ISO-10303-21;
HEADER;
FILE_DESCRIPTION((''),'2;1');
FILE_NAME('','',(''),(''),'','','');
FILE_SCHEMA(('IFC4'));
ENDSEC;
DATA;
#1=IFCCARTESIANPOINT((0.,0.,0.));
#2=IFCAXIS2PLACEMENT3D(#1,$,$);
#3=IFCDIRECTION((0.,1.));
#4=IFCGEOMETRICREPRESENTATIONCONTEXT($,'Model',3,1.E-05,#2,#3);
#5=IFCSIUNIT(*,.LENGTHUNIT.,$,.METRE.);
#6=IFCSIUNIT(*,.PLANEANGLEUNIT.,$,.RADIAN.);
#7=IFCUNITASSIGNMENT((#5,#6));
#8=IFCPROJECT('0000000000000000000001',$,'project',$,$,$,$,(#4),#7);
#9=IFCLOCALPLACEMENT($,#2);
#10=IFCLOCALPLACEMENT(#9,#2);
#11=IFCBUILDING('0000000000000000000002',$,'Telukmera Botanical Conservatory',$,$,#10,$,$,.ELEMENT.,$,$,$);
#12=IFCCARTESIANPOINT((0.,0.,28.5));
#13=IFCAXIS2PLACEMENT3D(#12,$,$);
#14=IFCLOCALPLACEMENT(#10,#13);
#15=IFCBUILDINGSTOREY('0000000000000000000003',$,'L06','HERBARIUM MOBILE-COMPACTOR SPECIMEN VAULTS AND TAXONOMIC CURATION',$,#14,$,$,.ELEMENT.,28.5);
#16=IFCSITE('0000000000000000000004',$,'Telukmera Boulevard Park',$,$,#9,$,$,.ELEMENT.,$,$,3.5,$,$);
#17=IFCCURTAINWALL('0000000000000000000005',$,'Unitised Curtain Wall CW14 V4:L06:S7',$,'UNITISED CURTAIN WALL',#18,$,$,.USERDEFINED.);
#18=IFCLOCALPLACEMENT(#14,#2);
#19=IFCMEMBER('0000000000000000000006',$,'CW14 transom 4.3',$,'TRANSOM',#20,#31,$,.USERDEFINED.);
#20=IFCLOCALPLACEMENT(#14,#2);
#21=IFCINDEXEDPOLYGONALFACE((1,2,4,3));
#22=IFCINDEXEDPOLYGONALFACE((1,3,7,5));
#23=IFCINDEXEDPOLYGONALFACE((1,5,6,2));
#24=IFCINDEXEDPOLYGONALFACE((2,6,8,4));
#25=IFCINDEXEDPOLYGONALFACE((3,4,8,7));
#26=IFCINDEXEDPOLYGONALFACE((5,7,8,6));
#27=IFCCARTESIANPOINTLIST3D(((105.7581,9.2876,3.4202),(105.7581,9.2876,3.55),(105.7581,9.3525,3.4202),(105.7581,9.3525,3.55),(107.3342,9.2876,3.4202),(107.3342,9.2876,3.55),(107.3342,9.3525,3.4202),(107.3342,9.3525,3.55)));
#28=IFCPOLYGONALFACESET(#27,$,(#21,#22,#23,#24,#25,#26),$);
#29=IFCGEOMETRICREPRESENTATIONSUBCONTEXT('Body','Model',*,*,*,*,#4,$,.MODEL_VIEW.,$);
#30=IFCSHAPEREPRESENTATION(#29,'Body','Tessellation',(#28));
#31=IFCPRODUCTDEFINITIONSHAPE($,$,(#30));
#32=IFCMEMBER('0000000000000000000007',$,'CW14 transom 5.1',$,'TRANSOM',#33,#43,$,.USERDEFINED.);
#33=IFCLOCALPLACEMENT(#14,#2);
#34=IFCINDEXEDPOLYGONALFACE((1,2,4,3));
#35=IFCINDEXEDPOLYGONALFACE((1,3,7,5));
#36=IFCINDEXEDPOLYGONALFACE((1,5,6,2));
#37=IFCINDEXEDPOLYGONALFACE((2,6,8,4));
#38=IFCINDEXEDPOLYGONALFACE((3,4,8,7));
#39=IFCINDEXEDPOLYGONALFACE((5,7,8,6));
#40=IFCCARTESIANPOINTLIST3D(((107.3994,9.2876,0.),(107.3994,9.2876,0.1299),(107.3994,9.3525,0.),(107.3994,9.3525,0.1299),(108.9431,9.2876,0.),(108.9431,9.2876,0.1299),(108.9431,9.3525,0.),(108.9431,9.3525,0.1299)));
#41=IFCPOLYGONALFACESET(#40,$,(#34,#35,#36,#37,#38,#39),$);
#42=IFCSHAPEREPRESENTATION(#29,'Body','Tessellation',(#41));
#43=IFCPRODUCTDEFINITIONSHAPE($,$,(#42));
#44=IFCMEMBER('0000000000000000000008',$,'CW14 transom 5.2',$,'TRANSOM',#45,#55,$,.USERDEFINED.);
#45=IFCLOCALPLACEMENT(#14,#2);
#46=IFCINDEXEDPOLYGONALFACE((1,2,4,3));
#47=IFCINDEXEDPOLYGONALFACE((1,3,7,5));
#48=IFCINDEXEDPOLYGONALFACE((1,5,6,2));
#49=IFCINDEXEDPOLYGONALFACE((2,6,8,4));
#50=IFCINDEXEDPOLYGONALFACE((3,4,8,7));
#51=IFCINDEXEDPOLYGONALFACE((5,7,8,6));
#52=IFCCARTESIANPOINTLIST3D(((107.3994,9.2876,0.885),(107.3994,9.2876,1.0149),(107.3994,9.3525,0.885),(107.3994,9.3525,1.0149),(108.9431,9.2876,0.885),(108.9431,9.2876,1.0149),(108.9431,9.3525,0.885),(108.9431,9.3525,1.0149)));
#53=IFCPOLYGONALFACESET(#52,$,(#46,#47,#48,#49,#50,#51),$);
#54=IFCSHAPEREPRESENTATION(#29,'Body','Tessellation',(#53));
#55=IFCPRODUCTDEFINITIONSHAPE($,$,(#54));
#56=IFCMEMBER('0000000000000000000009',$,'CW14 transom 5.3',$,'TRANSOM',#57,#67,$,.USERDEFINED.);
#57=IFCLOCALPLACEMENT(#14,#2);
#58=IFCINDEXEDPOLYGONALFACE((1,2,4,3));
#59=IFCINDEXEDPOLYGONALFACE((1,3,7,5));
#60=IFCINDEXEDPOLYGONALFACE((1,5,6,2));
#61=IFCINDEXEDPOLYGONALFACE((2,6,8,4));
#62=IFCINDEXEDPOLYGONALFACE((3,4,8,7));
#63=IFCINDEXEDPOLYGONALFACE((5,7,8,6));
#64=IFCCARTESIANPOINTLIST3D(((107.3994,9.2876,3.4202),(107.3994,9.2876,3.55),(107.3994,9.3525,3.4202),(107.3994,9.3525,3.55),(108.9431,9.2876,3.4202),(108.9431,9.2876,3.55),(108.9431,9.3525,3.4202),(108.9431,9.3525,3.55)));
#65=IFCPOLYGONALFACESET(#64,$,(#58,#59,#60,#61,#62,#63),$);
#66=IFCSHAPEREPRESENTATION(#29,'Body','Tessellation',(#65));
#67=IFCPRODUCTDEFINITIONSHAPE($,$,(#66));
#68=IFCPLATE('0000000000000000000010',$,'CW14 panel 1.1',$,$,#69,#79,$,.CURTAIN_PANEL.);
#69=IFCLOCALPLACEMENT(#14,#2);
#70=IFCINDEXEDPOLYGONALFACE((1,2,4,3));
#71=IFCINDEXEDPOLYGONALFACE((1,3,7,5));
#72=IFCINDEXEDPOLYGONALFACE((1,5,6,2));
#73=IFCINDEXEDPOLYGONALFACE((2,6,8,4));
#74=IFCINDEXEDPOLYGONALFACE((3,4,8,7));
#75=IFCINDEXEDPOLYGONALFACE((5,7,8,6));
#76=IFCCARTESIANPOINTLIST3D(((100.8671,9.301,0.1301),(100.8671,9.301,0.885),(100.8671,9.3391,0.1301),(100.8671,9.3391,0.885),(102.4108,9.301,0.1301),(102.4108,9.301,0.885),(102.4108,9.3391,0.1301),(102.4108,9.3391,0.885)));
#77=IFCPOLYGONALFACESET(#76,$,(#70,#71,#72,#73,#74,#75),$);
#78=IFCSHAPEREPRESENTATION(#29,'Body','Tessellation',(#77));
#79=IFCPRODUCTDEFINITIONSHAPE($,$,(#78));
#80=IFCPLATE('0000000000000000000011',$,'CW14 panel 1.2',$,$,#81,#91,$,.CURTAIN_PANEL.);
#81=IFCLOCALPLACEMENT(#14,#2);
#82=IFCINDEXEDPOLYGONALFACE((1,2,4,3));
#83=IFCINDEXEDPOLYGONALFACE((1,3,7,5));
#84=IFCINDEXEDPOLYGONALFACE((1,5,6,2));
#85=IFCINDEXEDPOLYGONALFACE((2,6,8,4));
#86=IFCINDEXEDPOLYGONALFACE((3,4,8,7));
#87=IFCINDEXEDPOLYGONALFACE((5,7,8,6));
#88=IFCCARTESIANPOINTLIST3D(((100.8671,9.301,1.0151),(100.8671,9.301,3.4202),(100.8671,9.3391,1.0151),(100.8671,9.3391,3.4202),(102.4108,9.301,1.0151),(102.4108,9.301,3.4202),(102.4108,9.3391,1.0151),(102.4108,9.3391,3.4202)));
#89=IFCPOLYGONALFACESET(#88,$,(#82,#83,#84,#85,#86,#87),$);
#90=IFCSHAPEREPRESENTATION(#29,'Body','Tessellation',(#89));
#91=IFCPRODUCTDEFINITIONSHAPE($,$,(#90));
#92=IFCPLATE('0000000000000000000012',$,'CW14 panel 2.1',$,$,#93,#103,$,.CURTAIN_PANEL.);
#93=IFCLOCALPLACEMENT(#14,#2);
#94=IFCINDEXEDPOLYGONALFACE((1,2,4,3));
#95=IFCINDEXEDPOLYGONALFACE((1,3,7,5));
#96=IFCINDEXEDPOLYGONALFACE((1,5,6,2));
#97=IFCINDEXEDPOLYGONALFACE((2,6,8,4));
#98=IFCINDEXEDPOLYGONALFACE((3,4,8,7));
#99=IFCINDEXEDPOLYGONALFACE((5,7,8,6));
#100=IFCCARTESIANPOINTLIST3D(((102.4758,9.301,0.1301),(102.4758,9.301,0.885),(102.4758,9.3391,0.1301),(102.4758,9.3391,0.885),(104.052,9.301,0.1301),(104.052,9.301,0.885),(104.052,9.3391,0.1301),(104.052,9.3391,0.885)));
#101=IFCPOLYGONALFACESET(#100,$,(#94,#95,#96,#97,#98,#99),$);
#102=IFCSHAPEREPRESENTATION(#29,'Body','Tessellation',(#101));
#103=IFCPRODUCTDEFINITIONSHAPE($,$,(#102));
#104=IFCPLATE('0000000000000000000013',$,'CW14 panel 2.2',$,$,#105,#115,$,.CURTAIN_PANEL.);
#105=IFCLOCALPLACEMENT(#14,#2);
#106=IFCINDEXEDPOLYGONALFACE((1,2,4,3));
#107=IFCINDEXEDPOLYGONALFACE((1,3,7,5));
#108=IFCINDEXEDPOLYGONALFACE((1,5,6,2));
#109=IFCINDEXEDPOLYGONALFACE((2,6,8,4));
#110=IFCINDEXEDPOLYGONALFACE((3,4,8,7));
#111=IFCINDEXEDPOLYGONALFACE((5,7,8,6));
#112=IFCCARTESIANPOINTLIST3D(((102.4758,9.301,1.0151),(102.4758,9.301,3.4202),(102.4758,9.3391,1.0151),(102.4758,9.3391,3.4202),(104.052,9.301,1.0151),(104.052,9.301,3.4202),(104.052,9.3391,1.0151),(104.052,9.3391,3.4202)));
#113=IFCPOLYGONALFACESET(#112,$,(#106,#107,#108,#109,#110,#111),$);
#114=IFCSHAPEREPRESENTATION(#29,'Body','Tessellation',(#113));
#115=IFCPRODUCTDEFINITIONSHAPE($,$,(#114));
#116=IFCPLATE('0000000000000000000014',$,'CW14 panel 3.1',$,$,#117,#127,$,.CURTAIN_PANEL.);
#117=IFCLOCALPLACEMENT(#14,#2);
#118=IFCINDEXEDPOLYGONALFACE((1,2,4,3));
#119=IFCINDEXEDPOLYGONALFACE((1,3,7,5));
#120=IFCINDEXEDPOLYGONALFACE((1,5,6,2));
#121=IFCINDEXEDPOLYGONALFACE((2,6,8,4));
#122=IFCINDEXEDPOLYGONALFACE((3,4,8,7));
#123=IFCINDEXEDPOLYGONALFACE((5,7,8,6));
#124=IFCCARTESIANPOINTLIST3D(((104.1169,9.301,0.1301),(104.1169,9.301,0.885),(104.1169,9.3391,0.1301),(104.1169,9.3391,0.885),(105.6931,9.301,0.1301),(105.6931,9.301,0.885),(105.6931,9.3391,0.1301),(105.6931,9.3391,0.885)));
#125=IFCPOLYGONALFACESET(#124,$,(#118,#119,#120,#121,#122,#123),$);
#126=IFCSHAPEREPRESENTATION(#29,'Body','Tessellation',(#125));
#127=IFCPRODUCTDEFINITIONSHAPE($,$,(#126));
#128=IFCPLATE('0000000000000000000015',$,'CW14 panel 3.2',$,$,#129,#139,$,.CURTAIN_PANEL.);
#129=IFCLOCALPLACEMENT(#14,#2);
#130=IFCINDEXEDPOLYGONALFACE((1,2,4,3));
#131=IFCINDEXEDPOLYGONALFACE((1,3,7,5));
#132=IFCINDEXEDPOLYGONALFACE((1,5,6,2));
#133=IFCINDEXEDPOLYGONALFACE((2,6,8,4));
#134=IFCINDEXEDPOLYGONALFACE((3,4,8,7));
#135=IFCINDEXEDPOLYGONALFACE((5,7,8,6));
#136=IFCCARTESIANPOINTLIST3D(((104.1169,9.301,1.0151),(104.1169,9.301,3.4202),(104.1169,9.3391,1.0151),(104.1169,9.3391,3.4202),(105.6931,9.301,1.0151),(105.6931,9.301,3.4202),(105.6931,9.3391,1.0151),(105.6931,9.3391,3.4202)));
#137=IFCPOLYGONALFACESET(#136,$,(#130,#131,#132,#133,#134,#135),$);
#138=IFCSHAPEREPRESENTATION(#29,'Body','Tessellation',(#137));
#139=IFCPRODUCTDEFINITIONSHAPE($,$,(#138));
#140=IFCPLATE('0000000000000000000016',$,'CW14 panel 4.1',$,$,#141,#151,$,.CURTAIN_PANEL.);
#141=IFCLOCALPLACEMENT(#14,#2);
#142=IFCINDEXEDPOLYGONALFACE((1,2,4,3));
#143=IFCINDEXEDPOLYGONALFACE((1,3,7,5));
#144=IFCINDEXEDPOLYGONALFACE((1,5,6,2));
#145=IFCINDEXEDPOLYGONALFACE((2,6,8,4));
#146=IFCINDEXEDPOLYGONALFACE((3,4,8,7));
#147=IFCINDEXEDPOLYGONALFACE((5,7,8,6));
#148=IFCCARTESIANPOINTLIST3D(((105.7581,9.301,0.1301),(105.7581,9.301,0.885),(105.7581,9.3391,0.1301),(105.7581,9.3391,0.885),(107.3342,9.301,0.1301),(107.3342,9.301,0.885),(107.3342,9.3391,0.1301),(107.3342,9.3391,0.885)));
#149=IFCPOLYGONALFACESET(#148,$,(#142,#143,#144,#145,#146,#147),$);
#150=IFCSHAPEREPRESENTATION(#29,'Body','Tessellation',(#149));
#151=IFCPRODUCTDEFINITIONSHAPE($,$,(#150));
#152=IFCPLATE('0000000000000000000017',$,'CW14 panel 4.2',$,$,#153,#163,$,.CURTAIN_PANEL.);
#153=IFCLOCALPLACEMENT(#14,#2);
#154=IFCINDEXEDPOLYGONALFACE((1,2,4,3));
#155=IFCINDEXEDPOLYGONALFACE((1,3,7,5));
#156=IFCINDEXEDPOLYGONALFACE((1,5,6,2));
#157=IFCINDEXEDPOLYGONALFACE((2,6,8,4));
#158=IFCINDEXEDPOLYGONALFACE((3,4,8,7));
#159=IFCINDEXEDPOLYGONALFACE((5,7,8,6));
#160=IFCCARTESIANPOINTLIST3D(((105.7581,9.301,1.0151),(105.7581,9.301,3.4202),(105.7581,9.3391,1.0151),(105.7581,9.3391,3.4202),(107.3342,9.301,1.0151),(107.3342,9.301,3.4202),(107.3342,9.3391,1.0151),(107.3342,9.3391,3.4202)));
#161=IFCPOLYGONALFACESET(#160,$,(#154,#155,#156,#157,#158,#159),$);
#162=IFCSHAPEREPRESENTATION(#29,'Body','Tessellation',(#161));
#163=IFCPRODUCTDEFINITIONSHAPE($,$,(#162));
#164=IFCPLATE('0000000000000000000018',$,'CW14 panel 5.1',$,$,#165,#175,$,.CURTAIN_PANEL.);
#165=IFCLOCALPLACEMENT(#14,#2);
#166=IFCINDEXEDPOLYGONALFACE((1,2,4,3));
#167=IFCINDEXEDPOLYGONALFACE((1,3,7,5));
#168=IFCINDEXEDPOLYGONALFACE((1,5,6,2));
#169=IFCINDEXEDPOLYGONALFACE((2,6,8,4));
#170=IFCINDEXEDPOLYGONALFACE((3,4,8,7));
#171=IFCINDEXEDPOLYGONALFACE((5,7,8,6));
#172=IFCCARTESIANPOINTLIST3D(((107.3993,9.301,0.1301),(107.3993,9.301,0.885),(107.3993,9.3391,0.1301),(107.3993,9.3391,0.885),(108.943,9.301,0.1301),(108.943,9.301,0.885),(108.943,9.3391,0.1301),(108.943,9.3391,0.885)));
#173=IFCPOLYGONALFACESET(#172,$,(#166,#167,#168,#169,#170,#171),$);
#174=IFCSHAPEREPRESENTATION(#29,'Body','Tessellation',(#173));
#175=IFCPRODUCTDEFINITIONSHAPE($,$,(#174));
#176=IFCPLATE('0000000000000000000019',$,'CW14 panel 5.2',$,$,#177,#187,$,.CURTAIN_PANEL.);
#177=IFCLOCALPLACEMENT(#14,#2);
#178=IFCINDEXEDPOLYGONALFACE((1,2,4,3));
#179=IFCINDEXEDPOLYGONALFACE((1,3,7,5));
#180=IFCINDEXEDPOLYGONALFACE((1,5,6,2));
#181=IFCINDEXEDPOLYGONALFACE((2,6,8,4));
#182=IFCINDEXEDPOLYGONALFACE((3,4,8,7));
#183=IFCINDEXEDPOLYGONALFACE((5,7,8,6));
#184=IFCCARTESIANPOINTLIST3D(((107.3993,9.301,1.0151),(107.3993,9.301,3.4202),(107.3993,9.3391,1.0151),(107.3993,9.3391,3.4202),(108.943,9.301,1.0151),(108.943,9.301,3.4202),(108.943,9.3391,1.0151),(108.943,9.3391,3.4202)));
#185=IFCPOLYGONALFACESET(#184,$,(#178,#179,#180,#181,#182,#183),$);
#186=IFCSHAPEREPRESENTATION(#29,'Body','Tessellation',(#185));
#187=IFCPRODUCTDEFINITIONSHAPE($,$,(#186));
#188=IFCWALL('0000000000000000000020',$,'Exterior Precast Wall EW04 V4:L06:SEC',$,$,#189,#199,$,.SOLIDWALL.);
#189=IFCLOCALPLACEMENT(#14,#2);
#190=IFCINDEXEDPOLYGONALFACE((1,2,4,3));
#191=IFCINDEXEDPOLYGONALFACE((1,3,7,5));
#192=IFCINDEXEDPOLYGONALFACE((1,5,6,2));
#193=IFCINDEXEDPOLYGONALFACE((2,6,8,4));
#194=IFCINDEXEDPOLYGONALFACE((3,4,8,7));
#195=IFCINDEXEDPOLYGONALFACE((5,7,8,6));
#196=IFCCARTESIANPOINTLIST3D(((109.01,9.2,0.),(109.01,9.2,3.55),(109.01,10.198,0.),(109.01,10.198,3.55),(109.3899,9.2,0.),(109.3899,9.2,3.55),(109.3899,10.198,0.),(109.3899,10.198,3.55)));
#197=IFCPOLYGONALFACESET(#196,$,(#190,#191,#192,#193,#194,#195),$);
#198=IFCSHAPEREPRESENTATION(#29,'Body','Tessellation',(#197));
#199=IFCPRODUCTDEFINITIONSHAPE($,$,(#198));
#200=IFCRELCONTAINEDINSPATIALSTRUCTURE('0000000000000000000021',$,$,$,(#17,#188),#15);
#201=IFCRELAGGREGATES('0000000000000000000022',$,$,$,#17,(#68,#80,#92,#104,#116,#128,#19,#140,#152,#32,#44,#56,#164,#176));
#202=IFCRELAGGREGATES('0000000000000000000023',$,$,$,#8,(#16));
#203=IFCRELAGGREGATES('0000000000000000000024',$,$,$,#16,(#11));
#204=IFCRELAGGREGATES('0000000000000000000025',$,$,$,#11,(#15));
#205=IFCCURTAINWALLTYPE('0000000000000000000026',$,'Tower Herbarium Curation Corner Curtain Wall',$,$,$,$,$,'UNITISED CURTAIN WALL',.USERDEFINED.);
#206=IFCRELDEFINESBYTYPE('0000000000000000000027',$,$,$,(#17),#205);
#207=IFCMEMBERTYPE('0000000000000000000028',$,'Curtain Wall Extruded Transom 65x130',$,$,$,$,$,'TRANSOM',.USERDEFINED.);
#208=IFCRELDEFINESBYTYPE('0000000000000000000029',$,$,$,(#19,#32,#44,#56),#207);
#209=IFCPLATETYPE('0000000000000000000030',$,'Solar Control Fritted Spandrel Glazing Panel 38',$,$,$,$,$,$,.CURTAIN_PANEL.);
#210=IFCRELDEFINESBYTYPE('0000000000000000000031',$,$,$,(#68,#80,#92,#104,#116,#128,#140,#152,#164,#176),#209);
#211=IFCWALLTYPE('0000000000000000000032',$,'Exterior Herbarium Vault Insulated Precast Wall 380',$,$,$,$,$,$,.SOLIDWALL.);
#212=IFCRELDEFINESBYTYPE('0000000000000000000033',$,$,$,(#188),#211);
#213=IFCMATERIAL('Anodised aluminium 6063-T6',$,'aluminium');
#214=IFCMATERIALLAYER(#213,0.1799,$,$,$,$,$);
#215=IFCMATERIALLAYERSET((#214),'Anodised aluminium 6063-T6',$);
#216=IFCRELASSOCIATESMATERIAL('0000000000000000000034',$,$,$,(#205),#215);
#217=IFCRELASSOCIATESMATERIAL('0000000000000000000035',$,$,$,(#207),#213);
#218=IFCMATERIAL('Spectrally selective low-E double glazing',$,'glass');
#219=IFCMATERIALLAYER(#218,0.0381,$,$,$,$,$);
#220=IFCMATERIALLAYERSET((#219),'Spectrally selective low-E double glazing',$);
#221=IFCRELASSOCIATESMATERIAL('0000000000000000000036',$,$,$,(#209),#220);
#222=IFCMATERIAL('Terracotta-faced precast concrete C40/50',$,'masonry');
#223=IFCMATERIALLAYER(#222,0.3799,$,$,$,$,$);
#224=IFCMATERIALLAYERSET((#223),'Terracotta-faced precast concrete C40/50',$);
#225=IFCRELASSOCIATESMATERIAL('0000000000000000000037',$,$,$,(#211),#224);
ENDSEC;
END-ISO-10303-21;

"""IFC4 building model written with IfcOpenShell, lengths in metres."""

from ifc_helpers import new_model, si_unit, direction, frame, frame_2d, origin, origin_2d, place, context, subcontext, project, spatial, rectangle, extrude, material, layer, layer_set, material_profile, profile_set, type_object, element, aggregate, save


model = new_model("IFC4")

# Units and contexts
model_context = context("Model", 3, precision=1e-05, world=origin(), true_north=direction((0.0, 1.0)))
body_context = subcontext(model_context, "Body", "Model", "MODEL_VIEW")
ifc_project = project(units=[si_unit("LENGTHUNIT", "METRE"), si_unit("PLANEANGLEUNIT", "RADIAN")], contexts=[model_context])

# Site, building, storey
site_placement = place(None, origin())
site = spatial("IfcSite", under=ifc_project, at=site_placement, Name="Telukmera Boulevard Park", CompositionType="ELEMENT", RefElevation=3.5)
building_placement = place(site_placement, origin())
building = spatial("IfcBuilding", under=site, at=building_placement, Name="Telukmera Botanical Conservatory", CompositionType="ELEMENT")
storey_placement = place(building_placement, frame((0.0, 0.0, 28.5)))
storey = spatial("IfcBuildingStorey", under=building, at=storey_placement, Name="L06", Description="HERBARIUM MOBILE-COMPACTOR SPECIMEN VAULTS AND TAXONOMIC CURATION", CompositionType="ELEMENT", Elevation=28.5)

# Curtain wall, members, plates
ifc_material_1 = material(Name="Anodised aluminium 6063-T6", Category="aluminium")
ifc_layer_1 = layer(ifc_material_1, 0.1799)
ifc_layer_set_1 = layer_set([ifc_layer_1], Name="Anodised aluminium 6063-T6")
curtain_wall_type = type_object("IfcCurtainWallType", Name="Tower Herbarium Curation Corner Curtain Wall", ElementType="UNITISED CURTAIN WALL", PredefinedType="USERDEFINED", material=ifc_layer_set_1)
curtain_wall_placement = place(storey_placement, origin())
curtain_wall = element("IfcCurtainWall", 1, at=curtain_wall_placement, inside=storey, type_object=curtain_wall_type, Name="Unitised Curtain Wall CW14 V4:L06:S7", ObjectType="UNITISED CURTAIN WALL", PredefinedType="USERDEFINED")
ifc_material_profile_1 = material_profile(ifc_material_1, rectangle(XDim=0.0649, YDim=0.1299, at=origin_2d()), Name="ALU TRAN 65x130")
ifc_profile_set_1 = profile_set([ifc_material_profile_1], Name="Anodised aluminium 6063-T6")
member_type_1 = type_object("IfcMemberType", Name="Curtain Wall Extruded Transom 65x130", ElementType="TRANSOM", PredefinedType="USERDEFINED", material=ifc_profile_set_1)
member_1_placement = place(storey_placement, frame((105.7581, 9.3201, 3.4851), z_axis=(1.0, 0.0, 0.0), x_axis=(0.0, 1.0, 0.0)))
member_1 = element("IfcMember", 2, at=member_1_placement, type_object=member_type_1, Name="CW14 transom 4.3", ObjectType="TRANSOM", PredefinedType="USERDEFINED", context=body_context, shape_type="SweptSolid", body=[
    extrude(rectangle(XDim=0.0649, YDim=0.1299, at=origin_2d()), origin(), (0.0, 0.0, 1.0), 1.5762),
])
member_2_placement = place(storey_placement, frame((107.3994, 9.3201, 0.0649), z_axis=(1.0, 0.0, 0.0), x_axis=(0.0, 1.0, 0.0)))
member_2 = element("IfcMember", 3, at=member_2_placement, type_object=member_type_1, Name="CW14 transom 5.1", ObjectType="TRANSOM", PredefinedType="USERDEFINED", context=body_context, shape_type="SweptSolid", body=[
    extrude(rectangle(XDim=0.0649, YDim=0.1299, at=origin_2d()), origin(), (0.0, 0.0, 1.0), 1.5437),
])
member_3_placement = place(storey_placement, frame((107.3994, 9.3201, 0.95), z_axis=(1.0, 0.0, 0.0), x_axis=(0.0, 1.0, 0.0)))
member_3 = element("IfcMember", 4, at=member_3_placement, type_object=member_type_1, Name="CW14 transom 5.2", ObjectType="TRANSOM", PredefinedType="USERDEFINED", context=body_context, shape_type="SweptSolid", body=[
    extrude(rectangle(XDim=0.0649, YDim=0.1299, at=origin_2d()), origin(), (0.0, 0.0, 1.0), 1.5437),
])
member_4_placement = place(storey_placement, frame((107.3994, 9.3201, 3.4851), z_axis=(1.0, 0.0, 0.0), x_axis=(0.0, 1.0, 0.0)))
member_4 = element("IfcMember", 5, at=member_4_placement, type_object=member_type_1, Name="CW14 transom 5.3", ObjectType="TRANSOM", PredefinedType="USERDEFINED", context=body_context, shape_type="SweptSolid", body=[
    extrude(rectangle(XDim=0.0649, YDim=0.1299, at=origin_2d()), origin(), (0.0, 0.0, 1.0), 1.5437),
])
ifc_material_2 = material(Name="Spectrally selective low-E double glazing", Category="glass")
ifc_layer_2 = layer(ifc_material_2, 0.0381)
ifc_layer_set_2 = layer_set([ifc_layer_2], Name="Spectrally selective low-E double glazing")
plate_type = type_object("IfcPlateType", Name="Solar Control Fritted Spandrel Glazing Panel 38", PredefinedType="CURTAIN_PANEL", material=ifc_layer_set_2)
plate_1_placement = place(storey_placement, frame((101.6389, 9.3201, 0.1301), z_axis=(0.0, 0.0, 1.0), x_axis=(1.0, 0.0, 0.0)))
plate_1 = element("IfcPlate", 6, at=plate_1_placement, type_object=plate_type, Name="CW14 panel 1.1", PredefinedType="CURTAIN_PANEL", context=body_context, shape_type="SweptSolid", body=[
    extrude(rectangle(XDim=1.5437, YDim=0.0381, at=origin_2d()), origin(), (0.0, 0.0, 1.0), 0.7549),
])
plate_2_placement = place(storey_placement, frame((101.6389, 9.3201, 1.0151), z_axis=(0.0, 0.0, 1.0), x_axis=(1.0, 0.0, 0.0)))
plate_2 = element("IfcPlate", 7, at=plate_2_placement, type_object=plate_type, Name="CW14 panel 1.2", PredefinedType="CURTAIN_PANEL", context=body_context, shape_type="SweptSolid", body=[
    extrude(rectangle(XDim=1.5437, YDim=0.0381, at=origin_2d()), origin(), (0.0, 0.0, 1.0), 2.405),
])
plate_3_placement = place(storey_placement, frame((103.2639, 9.3201, 0.1301), z_axis=(0.0, 0.0, 1.0), x_axis=(1.0, 0.0, 0.0)))
plate_3 = element("IfcPlate", 8, at=plate_3_placement, type_object=plate_type, Name="CW14 panel 2.1", PredefinedType="CURTAIN_PANEL", context=body_context, shape_type="SweptSolid", body=[
    extrude(rectangle(XDim=1.5762, YDim=0.0381, at=origin_2d()), origin(), (0.0, 0.0, 1.0), 0.7549),
])
plate_4_placement = place(storey_placement, frame((103.2639, 9.3201, 1.0151), z_axis=(0.0, 0.0, 1.0), x_axis=(1.0, 0.0, 0.0)))
plate_4 = element("IfcPlate", 9, at=plate_4_placement, type_object=plate_type, Name="CW14 panel 2.2", PredefinedType="CURTAIN_PANEL", context=body_context, shape_type="SweptSolid", body=[
    extrude(rectangle(XDim=1.5762, YDim=0.0381, at=origin_2d()), origin(), (0.0, 0.0, 1.0), 2.405),
])
plate_5_placement = place(storey_placement, frame((104.905, 9.3201, 0.1301), z_axis=(0.0, 0.0, 1.0), x_axis=(1.0, 0.0, 0.0)))
plate_5 = element("IfcPlate", 10, at=plate_5_placement, type_object=plate_type, Name="CW14 panel 3.1", PredefinedType="CURTAIN_PANEL", context=body_context, shape_type="SweptSolid", body=[
    extrude(rectangle(XDim=1.5762, YDim=0.0381, at=origin_2d()), origin(), (0.0, 0.0, 1.0), 0.7549),
])
plate_6_placement = place(storey_placement, frame((104.905, 9.3201, 1.0151), z_axis=(0.0, 0.0, 1.0), x_axis=(1.0, 0.0, 0.0)))
plate_6 = element("IfcPlate", 11, at=plate_6_placement, type_object=plate_type, Name="CW14 panel 3.2", PredefinedType="CURTAIN_PANEL", context=body_context, shape_type="SweptSolid", body=[
    extrude(rectangle(XDim=1.5762, YDim=0.0381, at=origin_2d()), origin(), (0.0, 0.0, 1.0), 2.405),
])
plate_7_placement = place(storey_placement, frame((106.5461, 9.3201, 0.1301), z_axis=(0.0, 0.0, 1.0), x_axis=(1.0, 0.0, 0.0)))
plate_7 = element("IfcPlate", 12, at=plate_7_placement, type_object=plate_type, Name="CW14 panel 4.1", PredefinedType="CURTAIN_PANEL", context=body_context, shape_type="SweptSolid", body=[
    extrude(rectangle(XDim=1.5762, YDim=0.0381, at=origin_2d()), origin(), (0.0, 0.0, 1.0), 0.7549),
])
plate_8_placement = place(storey_placement, frame((106.5461, 9.3201, 1.0151), z_axis=(0.0, 0.0, 1.0), x_axis=(1.0, 0.0, 0.0)))
plate_8 = element("IfcPlate", 13, at=plate_8_placement, type_object=plate_type, Name="CW14 panel 4.2", PredefinedType="CURTAIN_PANEL", context=body_context, shape_type="SweptSolid", body=[
    extrude(rectangle(XDim=1.5762, YDim=0.0381, at=origin_2d()), origin(), (0.0, 0.0, 1.0), 2.405),
])
plate_9_placement = place(storey_placement, frame((108.1711, 9.3201, 0.1301), z_axis=(0.0, 0.0, 1.0), x_axis=(1.0, 0.0, 0.0)))
plate_9 = element("IfcPlate", 14, at=plate_9_placement, type_object=plate_type, Name="CW14 panel 5.1", PredefinedType="CURTAIN_PANEL", context=body_context, shape_type="SweptSolid", body=[
    extrude(rectangle(XDim=1.5437, YDim=0.0381, at=origin_2d()), origin(), (0.0, 0.0, 1.0), 0.7549),
])
plate_10_placement = place(storey_placement, frame((108.1711, 9.3201, 1.0151), z_axis=(0.0, 0.0, 1.0), x_axis=(1.0, 0.0, 0.0)))
plate_10 = element("IfcPlate", 15, at=plate_10_placement, type_object=plate_type, Name="CW14 panel 5.2", PredefinedType="CURTAIN_PANEL", context=body_context, shape_type="SweptSolid", body=[
    extrude(rectangle(XDim=1.5437, YDim=0.0381, at=origin_2d()), origin(), (0.0, 0.0, 1.0), 2.405),
])
aggregate(curtain_wall, [plate_1, plate_2, plate_3, plate_4, plate_5, plate_6, member_1, plate_7, plate_8, member_2, member_3, member_4, plate_9, plate_10])

# Wall
ifc_material_3 = material(Name="Terracotta-faced precast concrete C40/50", Category="masonry")
ifc_layer_3 = layer(ifc_material_3, 0.3799)
ifc_layer_set_3 = layer_set([ifc_layer_3], Name="Terracotta-faced precast concrete C40/50")
wall_type = type_object("IfcWallType", Name="Exterior Herbarium Vault Insulated Precast Wall 380", PredefinedType="SOLIDWALL", material=ifc_layer_set_3)
wall_placement = place(storey_placement, frame((109.2, 9.2, 0.0), z_axis=(0.0, 0.0, 1.0), x_axis=(0.0, 1.0, 0.0)))
element("IfcWall", 16, at=wall_placement, inside=storey, type_object=wall_type, Name="Exterior Precast Wall EW04 V4:L06:SEC", PredefinedType="SOLIDWALL", context=body_context, shape_type="SweptSolid", body=[
    extrude(rectangle(XDim=0.998, YDim=0.3799, at=frame_2d((0.499, 0.0))), origin(), (0.0, 0.0, 1.0), 3.55),
])

save(model, "model.ifc")
